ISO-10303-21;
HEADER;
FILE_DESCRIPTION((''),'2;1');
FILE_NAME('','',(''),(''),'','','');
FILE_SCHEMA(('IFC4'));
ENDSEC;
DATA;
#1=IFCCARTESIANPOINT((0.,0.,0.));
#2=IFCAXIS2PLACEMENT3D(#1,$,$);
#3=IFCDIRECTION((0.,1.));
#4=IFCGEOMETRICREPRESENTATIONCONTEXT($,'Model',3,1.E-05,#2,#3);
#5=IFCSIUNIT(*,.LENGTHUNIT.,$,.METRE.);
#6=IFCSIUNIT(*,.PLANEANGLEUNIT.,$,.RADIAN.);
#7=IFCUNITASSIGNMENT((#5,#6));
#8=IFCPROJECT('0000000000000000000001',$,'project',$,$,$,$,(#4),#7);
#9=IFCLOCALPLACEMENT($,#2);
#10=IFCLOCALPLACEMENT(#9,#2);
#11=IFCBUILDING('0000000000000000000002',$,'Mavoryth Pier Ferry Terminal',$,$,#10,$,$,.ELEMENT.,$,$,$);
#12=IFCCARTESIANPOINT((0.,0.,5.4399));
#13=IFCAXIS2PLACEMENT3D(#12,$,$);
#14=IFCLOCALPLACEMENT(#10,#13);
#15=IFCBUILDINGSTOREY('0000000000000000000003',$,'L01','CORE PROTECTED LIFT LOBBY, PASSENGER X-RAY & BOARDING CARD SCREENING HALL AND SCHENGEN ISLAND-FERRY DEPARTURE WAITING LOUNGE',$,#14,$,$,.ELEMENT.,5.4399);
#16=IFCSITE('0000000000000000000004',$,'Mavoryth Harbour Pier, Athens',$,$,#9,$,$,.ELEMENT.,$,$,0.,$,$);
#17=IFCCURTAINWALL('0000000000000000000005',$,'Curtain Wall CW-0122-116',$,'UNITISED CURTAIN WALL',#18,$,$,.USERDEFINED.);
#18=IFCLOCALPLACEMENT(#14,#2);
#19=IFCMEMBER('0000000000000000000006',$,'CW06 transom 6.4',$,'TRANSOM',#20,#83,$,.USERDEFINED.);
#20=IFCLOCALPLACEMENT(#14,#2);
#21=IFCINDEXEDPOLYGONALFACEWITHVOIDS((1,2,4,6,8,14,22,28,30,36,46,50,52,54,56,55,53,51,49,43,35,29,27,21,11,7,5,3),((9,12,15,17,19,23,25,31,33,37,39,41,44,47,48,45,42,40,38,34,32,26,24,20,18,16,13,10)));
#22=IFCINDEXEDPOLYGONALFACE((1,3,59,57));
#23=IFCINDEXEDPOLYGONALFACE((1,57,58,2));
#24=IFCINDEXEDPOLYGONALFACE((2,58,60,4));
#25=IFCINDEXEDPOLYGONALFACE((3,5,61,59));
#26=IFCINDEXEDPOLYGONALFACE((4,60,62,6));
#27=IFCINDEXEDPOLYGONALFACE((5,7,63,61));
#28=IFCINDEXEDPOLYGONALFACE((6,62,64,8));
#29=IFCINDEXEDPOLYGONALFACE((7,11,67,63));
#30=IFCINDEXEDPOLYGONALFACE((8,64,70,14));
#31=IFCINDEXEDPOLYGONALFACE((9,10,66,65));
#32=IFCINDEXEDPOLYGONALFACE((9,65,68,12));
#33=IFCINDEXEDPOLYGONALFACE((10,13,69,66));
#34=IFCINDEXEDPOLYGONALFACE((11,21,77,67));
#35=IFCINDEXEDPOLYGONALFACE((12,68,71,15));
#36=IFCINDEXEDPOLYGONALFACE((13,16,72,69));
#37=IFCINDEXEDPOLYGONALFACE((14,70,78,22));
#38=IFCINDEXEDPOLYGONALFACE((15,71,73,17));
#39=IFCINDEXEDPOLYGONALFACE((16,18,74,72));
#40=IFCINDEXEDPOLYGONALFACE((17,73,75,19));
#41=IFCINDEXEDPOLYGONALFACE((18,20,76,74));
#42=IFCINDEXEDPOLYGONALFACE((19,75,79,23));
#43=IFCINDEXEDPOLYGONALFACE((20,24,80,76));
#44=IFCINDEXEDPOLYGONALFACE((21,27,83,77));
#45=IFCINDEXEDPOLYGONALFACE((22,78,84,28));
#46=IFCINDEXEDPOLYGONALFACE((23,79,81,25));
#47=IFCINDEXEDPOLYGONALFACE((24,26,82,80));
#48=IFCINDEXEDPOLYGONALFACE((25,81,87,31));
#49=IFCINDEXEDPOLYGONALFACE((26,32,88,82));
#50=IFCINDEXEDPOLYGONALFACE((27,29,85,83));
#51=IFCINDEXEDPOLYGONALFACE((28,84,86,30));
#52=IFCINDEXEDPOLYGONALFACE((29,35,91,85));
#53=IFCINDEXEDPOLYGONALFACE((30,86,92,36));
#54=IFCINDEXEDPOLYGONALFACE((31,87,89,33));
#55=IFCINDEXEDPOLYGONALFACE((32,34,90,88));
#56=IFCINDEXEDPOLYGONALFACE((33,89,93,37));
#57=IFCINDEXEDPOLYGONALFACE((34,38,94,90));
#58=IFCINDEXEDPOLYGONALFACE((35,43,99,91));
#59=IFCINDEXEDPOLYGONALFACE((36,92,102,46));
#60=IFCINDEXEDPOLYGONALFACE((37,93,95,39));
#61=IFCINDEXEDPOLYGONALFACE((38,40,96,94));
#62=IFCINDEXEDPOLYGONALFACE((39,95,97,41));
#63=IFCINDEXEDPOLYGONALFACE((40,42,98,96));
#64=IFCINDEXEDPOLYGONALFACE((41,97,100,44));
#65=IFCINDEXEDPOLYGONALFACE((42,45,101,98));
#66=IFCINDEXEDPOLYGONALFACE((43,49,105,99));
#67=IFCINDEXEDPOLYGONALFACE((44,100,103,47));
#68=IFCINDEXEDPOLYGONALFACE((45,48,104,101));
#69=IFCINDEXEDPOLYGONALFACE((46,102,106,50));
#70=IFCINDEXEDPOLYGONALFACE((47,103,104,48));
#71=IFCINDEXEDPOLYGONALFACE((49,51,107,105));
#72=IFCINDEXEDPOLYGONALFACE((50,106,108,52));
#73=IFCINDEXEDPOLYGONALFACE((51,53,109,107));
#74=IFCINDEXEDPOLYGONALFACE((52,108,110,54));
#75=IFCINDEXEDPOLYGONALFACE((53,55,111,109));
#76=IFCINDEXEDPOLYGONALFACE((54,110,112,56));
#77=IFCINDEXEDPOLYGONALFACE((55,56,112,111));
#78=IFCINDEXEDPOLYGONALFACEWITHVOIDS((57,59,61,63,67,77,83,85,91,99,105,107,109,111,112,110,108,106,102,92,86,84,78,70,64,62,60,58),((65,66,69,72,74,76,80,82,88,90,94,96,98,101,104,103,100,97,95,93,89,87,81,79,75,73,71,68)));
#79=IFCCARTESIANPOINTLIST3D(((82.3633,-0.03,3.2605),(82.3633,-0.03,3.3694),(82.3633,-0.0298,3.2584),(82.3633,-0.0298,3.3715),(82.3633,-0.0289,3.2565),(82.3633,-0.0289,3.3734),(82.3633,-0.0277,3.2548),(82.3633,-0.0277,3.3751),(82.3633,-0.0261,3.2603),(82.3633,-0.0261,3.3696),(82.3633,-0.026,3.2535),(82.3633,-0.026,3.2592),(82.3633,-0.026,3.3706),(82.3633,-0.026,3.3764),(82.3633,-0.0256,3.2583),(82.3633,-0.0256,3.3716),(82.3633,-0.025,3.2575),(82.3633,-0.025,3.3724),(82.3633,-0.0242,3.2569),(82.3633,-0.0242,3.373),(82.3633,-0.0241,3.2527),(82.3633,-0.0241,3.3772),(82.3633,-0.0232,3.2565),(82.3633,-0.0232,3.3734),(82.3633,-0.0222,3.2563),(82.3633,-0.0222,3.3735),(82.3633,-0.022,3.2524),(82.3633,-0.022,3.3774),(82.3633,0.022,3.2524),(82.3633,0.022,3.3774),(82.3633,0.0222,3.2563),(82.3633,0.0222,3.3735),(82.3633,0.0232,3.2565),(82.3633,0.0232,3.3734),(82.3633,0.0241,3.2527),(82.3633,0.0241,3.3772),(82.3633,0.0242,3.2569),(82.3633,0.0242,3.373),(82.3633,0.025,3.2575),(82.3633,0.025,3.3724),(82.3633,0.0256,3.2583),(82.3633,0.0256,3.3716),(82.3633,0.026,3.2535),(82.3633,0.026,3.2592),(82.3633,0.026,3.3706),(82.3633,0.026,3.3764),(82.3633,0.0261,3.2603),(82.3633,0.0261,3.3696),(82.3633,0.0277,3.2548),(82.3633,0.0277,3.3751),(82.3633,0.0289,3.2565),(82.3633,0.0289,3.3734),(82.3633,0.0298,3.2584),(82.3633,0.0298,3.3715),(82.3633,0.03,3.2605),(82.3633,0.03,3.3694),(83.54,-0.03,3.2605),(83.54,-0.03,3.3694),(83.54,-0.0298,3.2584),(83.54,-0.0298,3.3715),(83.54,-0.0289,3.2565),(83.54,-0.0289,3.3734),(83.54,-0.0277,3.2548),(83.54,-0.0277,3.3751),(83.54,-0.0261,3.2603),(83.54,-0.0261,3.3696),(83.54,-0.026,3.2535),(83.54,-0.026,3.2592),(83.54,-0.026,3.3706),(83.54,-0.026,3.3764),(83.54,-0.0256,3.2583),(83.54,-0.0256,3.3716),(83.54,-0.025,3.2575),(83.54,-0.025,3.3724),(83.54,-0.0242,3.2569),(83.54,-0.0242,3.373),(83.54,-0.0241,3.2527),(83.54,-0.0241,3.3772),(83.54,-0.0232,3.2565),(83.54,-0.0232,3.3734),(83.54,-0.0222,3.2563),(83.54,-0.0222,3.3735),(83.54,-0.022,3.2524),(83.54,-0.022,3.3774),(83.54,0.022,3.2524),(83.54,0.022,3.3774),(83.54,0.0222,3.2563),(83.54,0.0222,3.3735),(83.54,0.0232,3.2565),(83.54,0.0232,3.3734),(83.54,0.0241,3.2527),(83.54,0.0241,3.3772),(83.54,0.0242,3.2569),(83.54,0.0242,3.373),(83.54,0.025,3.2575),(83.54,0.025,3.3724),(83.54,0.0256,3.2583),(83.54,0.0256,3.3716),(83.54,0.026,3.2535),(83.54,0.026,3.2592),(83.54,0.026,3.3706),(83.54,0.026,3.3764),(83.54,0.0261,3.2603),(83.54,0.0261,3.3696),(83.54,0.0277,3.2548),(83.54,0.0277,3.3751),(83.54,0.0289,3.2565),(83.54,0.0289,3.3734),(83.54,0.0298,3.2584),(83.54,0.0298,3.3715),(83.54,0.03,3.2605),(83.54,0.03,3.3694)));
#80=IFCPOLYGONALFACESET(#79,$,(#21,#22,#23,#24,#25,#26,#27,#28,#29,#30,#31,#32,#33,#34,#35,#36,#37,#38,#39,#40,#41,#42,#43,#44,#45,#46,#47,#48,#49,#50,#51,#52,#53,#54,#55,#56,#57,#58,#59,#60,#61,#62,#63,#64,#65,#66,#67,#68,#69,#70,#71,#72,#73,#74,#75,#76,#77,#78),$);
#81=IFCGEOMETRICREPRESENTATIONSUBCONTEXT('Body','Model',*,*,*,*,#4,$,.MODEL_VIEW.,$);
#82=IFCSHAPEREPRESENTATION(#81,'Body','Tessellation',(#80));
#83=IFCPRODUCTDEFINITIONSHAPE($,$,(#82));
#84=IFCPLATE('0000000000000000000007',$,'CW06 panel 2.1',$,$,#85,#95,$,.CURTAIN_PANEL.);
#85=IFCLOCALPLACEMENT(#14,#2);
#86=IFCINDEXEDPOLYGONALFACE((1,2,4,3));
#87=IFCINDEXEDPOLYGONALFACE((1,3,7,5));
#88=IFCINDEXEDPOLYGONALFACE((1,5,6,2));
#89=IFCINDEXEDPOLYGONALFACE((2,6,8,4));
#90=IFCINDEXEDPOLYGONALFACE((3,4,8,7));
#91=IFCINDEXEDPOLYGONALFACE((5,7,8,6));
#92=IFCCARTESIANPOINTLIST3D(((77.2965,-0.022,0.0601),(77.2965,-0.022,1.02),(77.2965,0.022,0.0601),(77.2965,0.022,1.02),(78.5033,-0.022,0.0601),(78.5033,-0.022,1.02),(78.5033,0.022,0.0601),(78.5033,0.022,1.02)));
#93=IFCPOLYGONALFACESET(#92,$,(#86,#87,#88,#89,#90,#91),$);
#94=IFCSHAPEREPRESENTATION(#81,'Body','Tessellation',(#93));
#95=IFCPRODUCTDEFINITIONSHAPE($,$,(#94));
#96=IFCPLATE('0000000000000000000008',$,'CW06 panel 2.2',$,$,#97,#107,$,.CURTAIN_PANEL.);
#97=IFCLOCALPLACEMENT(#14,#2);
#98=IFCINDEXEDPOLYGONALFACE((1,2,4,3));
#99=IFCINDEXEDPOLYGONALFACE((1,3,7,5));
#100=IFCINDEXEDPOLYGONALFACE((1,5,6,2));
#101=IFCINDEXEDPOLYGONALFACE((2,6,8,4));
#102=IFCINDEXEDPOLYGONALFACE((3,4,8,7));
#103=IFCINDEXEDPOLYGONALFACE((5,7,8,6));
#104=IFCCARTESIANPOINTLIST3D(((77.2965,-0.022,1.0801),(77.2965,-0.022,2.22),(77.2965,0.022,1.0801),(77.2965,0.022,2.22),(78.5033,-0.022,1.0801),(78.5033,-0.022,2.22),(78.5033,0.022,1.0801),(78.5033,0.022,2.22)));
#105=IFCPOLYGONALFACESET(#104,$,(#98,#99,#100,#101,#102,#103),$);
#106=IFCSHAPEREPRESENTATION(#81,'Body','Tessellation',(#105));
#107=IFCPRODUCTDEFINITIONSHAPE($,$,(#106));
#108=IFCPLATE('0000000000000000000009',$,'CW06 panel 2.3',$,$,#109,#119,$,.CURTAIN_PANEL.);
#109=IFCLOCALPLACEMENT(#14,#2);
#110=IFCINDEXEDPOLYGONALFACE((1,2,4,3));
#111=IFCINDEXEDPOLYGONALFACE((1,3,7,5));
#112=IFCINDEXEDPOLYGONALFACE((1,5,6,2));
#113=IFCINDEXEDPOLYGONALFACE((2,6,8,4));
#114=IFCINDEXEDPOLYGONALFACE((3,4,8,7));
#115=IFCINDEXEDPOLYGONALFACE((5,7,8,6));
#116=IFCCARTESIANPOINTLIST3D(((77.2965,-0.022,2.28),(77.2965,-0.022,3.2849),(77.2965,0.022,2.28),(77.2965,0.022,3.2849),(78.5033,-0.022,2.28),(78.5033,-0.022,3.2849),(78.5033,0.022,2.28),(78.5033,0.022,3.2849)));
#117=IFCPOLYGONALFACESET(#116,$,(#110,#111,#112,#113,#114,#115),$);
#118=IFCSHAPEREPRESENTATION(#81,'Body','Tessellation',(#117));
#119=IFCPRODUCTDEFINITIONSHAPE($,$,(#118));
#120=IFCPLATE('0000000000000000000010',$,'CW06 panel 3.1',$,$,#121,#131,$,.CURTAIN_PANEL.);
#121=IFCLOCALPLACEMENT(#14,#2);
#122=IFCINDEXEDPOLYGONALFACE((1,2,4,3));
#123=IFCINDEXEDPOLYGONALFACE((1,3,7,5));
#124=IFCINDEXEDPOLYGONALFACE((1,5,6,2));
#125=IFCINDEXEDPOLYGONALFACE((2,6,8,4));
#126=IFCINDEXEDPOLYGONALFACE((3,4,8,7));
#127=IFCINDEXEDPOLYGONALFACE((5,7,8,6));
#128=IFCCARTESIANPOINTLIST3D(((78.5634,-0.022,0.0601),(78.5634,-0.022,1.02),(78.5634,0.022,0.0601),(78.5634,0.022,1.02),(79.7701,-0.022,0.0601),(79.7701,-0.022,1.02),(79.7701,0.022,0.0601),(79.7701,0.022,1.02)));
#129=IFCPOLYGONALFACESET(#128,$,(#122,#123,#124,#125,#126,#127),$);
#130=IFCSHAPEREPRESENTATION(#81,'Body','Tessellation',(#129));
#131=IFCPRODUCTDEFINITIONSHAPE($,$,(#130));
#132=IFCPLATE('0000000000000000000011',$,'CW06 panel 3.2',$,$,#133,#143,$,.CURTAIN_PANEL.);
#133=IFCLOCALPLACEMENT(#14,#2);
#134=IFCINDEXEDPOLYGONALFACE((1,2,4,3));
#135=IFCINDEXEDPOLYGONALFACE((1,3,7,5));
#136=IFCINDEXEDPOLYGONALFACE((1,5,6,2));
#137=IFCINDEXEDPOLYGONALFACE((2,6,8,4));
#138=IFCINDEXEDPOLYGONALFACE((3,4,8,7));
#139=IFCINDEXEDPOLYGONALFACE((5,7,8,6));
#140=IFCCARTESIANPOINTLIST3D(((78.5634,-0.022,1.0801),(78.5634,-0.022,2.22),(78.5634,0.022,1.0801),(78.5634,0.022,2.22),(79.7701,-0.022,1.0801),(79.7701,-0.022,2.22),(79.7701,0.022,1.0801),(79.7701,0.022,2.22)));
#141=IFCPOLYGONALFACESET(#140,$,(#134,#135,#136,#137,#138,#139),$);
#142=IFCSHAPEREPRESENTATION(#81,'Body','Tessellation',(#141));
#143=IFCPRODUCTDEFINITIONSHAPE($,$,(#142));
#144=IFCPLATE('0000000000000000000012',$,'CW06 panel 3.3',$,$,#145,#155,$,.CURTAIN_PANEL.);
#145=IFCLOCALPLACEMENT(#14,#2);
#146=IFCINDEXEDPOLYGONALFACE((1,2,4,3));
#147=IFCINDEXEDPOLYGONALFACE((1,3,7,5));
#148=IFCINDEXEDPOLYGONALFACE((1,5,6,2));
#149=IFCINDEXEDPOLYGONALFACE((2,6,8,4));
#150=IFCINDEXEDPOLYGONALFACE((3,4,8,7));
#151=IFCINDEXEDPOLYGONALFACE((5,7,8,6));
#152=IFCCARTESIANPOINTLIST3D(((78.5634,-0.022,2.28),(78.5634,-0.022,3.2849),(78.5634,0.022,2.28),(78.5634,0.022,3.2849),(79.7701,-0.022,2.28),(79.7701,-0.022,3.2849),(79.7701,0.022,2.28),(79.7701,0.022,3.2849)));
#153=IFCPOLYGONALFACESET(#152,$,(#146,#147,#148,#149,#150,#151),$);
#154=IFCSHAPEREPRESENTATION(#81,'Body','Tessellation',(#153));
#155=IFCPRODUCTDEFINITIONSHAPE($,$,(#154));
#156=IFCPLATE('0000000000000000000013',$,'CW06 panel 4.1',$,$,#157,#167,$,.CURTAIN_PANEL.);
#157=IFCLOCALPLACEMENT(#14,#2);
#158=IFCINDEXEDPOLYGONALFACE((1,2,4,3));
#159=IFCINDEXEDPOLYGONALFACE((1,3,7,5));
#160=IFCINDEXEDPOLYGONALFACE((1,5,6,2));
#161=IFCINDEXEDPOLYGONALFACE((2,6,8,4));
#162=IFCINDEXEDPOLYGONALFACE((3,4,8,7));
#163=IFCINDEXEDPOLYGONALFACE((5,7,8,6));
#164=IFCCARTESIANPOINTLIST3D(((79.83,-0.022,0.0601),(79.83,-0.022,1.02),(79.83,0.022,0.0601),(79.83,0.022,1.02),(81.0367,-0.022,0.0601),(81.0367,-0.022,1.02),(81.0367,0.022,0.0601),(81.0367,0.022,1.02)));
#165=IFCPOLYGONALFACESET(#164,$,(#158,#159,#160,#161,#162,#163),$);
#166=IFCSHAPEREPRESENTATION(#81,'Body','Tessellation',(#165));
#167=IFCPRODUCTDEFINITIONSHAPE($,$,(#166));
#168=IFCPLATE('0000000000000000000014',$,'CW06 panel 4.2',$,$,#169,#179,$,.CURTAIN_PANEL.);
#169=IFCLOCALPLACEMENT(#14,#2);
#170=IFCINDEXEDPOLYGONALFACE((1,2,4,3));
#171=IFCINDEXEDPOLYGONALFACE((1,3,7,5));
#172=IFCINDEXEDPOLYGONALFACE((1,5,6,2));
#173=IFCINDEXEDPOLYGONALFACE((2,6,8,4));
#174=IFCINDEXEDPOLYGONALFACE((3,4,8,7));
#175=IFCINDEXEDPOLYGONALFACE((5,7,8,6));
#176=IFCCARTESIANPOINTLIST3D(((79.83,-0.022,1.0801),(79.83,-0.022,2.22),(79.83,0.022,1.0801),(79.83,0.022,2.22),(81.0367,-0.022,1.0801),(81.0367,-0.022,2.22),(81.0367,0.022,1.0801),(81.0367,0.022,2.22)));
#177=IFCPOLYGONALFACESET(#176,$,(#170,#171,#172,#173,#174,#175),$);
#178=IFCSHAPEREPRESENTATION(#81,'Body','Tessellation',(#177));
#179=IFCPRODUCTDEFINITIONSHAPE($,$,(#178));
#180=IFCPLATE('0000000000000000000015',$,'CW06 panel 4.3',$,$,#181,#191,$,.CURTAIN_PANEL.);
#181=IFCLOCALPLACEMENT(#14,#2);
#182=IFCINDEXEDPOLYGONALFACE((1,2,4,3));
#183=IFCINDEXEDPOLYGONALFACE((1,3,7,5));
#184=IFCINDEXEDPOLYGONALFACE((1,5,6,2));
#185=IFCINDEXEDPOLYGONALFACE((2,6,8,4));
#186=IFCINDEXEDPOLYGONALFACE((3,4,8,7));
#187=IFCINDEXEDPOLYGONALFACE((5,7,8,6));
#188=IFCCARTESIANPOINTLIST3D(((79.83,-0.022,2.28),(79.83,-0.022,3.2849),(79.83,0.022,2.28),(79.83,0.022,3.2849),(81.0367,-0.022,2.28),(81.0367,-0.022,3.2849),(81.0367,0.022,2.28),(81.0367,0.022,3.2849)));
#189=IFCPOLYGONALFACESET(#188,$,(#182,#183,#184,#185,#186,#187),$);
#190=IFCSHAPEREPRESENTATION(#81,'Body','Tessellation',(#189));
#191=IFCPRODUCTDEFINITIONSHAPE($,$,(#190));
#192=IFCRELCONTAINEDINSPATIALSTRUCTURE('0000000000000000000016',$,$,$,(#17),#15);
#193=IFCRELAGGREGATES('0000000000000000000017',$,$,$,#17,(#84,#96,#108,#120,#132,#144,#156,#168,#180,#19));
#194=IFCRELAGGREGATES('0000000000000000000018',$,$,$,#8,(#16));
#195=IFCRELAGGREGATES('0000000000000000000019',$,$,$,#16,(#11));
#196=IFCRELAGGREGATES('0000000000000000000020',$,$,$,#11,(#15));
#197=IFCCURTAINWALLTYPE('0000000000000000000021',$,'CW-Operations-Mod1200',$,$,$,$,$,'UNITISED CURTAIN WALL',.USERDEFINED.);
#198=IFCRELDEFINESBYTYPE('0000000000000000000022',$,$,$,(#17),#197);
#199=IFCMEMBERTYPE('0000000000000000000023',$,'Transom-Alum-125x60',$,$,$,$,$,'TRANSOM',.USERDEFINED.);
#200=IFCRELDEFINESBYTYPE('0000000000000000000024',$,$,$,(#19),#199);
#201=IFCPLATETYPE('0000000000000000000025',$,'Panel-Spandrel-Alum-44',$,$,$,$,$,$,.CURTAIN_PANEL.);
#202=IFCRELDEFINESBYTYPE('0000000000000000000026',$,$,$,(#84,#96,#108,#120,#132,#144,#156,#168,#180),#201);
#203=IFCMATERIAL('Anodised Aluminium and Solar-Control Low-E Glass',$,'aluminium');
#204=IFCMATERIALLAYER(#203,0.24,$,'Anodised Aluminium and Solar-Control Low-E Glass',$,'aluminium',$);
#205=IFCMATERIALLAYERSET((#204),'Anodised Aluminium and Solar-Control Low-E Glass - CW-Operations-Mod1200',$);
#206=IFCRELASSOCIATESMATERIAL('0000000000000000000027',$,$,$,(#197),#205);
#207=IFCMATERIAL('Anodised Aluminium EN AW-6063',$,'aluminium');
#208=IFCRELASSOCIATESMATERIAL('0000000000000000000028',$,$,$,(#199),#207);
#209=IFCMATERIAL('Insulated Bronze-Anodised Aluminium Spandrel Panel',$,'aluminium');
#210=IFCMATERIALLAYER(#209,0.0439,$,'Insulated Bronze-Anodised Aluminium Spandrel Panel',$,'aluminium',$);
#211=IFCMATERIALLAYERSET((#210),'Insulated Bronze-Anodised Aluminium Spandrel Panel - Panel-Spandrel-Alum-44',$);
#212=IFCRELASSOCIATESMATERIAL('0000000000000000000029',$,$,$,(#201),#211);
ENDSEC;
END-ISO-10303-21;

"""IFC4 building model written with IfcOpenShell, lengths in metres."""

from ifc_helpers import new_model, si_unit, direction, frame, origin, origin_2d, place, context, subcontext, project, spatial, rectangle, hollow_rectangle, extrude, material, layer, layer_set, material_profile, profile_set, type_object, element, aggregate, save


model = new_model("IFC4")

# Units and contexts
model_context = context("Model", 3, precision=1e-05, world=origin(), true_north=direction((0.0, 1.0)))
body_context = subcontext(model_context, "Body", "Model", "MODEL_VIEW")
ifc_project = project(units=[si_unit("LENGTHUNIT", "METRE"), si_unit("PLANEANGLEUNIT", "RADIAN")], contexts=[model_context])

# Site, building, storey
site_placement = place(None, origin())
site = spatial("IfcSite", under=ifc_project, at=site_placement, Name="Mavoryth Harbour Pier, Athens", CompositionType="ELEMENT", RefElevation=0.0)
building_placement = place(site_placement, origin())
building = spatial("IfcBuilding", under=site, at=building_placement, Name="Mavoryth Pier Ferry Terminal", CompositionType="ELEMENT")
storey_placement = place(building_placement, frame((0.0, 0.0, 5.4399)))
storey = spatial("IfcBuildingStorey", under=building, at=storey_placement, Name="L01", Description="CORE PROTECTED LIFT LOBBY, PASSENGER X-RAY & BOARDING CARD SCREENING HALL AND SCHENGEN ISLAND-FERRY DEPARTURE WAITING LOUNGE", CompositionType="ELEMENT", Elevation=5.4399)

# Curtain wall, member, plates
ifc_material_1 = material(Name="Anodised Aluminium and Solar-Control Low-E Glass", Category="aluminium")
ifc_layer_1 = layer(ifc_material_1, 0.24, Name="Anodised Aluminium and Solar-Control Low-E Glass", Category="aluminium")
ifc_layer_set_1 = layer_set([ifc_layer_1], Name="Anodised Aluminium and Solar-Control Low-E Glass - CW-Operations-Mod1200")
curtain_wall_type = type_object("IfcCurtainWallType", Name="CW-Operations-Mod1200", ElementType="UNITISED CURTAIN WALL", PredefinedType="USERDEFINED", material=ifc_layer_set_1)
curtain_wall_placement = place(storey_placement, origin())
curtain_wall = element("IfcCurtainWall", 1, at=curtain_wall_placement, inside=storey, type_object=curtain_wall_type, Name="Curtain Wall CW-0122-116", ObjectType="UNITISED CURTAIN WALL", PredefinedType="USERDEFINED")
ifc_material_2 = material(Name="Anodised Aluminium EN AW-6063", Category="aluminium")
ifc_material_profile_1 = material_profile(ifc_material_2, hollow_rectangle(XDim=0.0601, YDim=0.125, WallThickness=0.0039, InnerFilletRadius=0.0039, OuterFilletRadius=0.0081, at=origin_2d()), Name="AL-TRAN 125x60x4", Category="aluminium")
ifc_profile_set_1 = profile_set([ifc_material_profile_1], Name="Anodised Aluminium EN AW-6063 - AL-TRAN 125x60x4")
member_type_1 = type_object("IfcMemberType", Name="Transom-Alum-125x60", ElementType="TRANSOM", PredefinedType="USERDEFINED", material=ifc_profile_set_1)
member_1_placement = place(storey_placement, frame((82.3633, 0.0, 3.3149), z_axis=(1.0, 0.0, 0.0), x_axis=(0.0, 1.0, 0.0)))
member_1 = element("IfcMember", 2, at=member_1_placement, type_object=member_type_1, Name="CW06 transom 6.4", ObjectType="TRANSOM", PredefinedType="USERDEFINED", context=body_context, shape_type="SweptSolid", body=[
    extrude(hollow_rectangle(XDim=0.0601, YDim=0.125, WallThickness=0.0039, InnerFilletRadius=0.0039, OuterFilletRadius=0.0081, at=origin_2d()), origin(), (0.0, 0.0, 1.0), 1.1768),
])
ifc_material_3 = material(Name="Insulated Bronze-Anodised Aluminium Spandrel Panel", Category="aluminium")
ifc_layer_2 = layer(ifc_material_3, 0.0439, Name="Insulated Bronze-Anodised Aluminium Spandrel Panel", Category="aluminium")
ifc_layer_set_2 = layer_set([ifc_layer_2], Name="Insulated Bronze-Anodised Aluminium Spandrel Panel - Panel-Spandrel-Alum-44")
plate_type = type_object("IfcPlateType", Name="Panel-Spandrel-Alum-44", PredefinedType="CURTAIN_PANEL", material=ifc_layer_set_2)
plate_1_placement = place(storey_placement, frame((77.8999, 0.0, 0.0601), z_axis=(0.0, 0.0, 1.0), x_axis=(1.0, 0.0, 0.0)))
plate_1 = element("IfcPlate", 3, at=plate_1_placement, type_object=plate_type, Name="CW06 panel 2.1", PredefinedType="CURTAIN_PANEL", context=body_context, shape_type="SweptSolid", body=[
    extrude(rectangle(XDim=1.2068, YDim=0.0439, at=origin_2d()), origin(), (0.0, 0.0, 1.0), 0.96),
])
plate_2_placement = place(storey_placement, frame((77.8999, 0.0, 1.0801), z_axis=(0.0, 0.0, 1.0), x_axis=(1.0, 0.0, 0.0)))
plate_2 = element("IfcPlate", 4, at=plate_2_placement, type_object=plate_type, Name="CW06 panel 2.2", PredefinedType="CURTAIN_PANEL", context=body_context, shape_type="SweptSolid", body=[
    extrude(rectangle(XDim=1.2068, YDim=0.0439, at=origin_2d()), origin(), (0.0, 0.0, 1.0), 1.1399),
])
plate_3_placement = place(storey_placement, frame((77.8999, 0.0, 2.28), z_axis=(0.0, 0.0, 1.0), x_axis=(1.0, 0.0, 0.0)))
plate_3 = element("IfcPlate", 5, at=plate_3_placement, type_object=plate_type, Name="CW06 panel 2.3", PredefinedType="CURTAIN_PANEL", context=body_context, shape_type="SweptSolid", body=[
    extrude(rectangle(XDim=1.2068, YDim=0.0439, at=origin_2d()), origin(), (0.0, 0.0, 1.0), 1.0049),
])
plate_4_placement = place(storey_placement, frame((79.1667, 0.0, 0.0601), z_axis=(0.0, 0.0, 1.0), x_axis=(1.0, 0.0, 0.0)))
plate_4 = element("IfcPlate", 6, at=plate_4_placement, type_object=plate_type, Name="CW06 panel 3.1", PredefinedType="CURTAIN_PANEL", context=body_context, shape_type="SweptSolid", body=[
    extrude(rectangle(XDim=1.2068, YDim=0.0439, at=origin_2d()), origin(), (0.0, 0.0, 1.0), 0.96),
])
plate_5_placement = place(storey_placement, frame((79.1667, 0.0, 1.0801), z_axis=(0.0, 0.0, 1.0), x_axis=(1.0, 0.0, 0.0)))
plate_5 = element("IfcPlate", 7, at=plate_5_placement, type_object=plate_type, Name="CW06 panel 3.2", PredefinedType="CURTAIN_PANEL", context=body_context, shape_type="SweptSolid", body=[
    extrude(rectangle(XDim=1.2068, YDim=0.0439, at=origin_2d()), origin(), (0.0, 0.0, 1.0), 1.1399),
])
plate_6_placement = place(storey_placement, frame((79.1667, 0.0, 2.28), z_axis=(0.0, 0.0, 1.0), x_axis=(1.0, 0.0, 0.0)))
plate_6 = element("IfcPlate", 8, at=plate_6_placement, type_object=plate_type, Name="CW06 panel 3.3", PredefinedType="CURTAIN_PANEL", context=body_context, shape_type="SweptSolid", body=[
    extrude(rectangle(XDim=1.2068, YDim=0.0439, at=origin_2d()), origin(), (0.0, 0.0, 1.0), 1.0049),
])
plate_7_placement = place(storey_placement, frame((80.4333, 0.0, 0.0601), z_axis=(0.0, 0.0, 1.0), x_axis=(1.0, 0.0, 0.0)))
plate_7 = element("IfcPlate", 9, at=plate_7_placement, type_object=plate_type, Name="CW06 panel 4.1", PredefinedType="CURTAIN_PANEL", context=body_context, shape_type="SweptSolid", body=[
    extrude(rectangle(XDim=1.2068, YDim=0.0439, at=origin_2d()), origin(), (0.0, 0.0, 1.0), 0.96),
])
plate_8_placement = place(storey_placement, frame((80.4333, 0.0, 1.0801), z_axis=(0.0, 0.0, 1.0), x_axis=(1.0, 0.0, 0.0)))
plate_8 = element("IfcPlate", 10, at=plate_8_placement, type_object=plate_type, Name="CW06 panel 4.2", PredefinedType="CURTAIN_PANEL", context=body_context, shape_type="SweptSolid", body=[
    extrude(rectangle(XDim=1.2068, YDim=0.0439, at=origin_2d()), origin(), (0.0, 0.0, 1.0), 1.1399),
])
plate_9_placement = place(storey_placement, frame((80.4333, 0.0, 2.28), z_axis=(0.0, 0.0, 1.0), x_axis=(1.0, 0.0, 0.0)))
plate_9 = element("IfcPlate", 11, at=plate_9_placement, type_object=plate_type, Name="CW06 panel 4.3", PredefinedType="CURTAIN_PANEL", context=body_context, shape_type="SweptSolid", body=[
    extrude(rectangle(XDim=1.2068, YDim=0.0439, at=origin_2d()), origin(), (0.0, 0.0, 1.0), 1.0049),
])
aggregate(curtain_wall, [plate_1, plate_2, plate_3, plate_4, plate_5, plate_6, plate_7, plate_8, plate_9, member_1])

save(model, "model.ifc")
